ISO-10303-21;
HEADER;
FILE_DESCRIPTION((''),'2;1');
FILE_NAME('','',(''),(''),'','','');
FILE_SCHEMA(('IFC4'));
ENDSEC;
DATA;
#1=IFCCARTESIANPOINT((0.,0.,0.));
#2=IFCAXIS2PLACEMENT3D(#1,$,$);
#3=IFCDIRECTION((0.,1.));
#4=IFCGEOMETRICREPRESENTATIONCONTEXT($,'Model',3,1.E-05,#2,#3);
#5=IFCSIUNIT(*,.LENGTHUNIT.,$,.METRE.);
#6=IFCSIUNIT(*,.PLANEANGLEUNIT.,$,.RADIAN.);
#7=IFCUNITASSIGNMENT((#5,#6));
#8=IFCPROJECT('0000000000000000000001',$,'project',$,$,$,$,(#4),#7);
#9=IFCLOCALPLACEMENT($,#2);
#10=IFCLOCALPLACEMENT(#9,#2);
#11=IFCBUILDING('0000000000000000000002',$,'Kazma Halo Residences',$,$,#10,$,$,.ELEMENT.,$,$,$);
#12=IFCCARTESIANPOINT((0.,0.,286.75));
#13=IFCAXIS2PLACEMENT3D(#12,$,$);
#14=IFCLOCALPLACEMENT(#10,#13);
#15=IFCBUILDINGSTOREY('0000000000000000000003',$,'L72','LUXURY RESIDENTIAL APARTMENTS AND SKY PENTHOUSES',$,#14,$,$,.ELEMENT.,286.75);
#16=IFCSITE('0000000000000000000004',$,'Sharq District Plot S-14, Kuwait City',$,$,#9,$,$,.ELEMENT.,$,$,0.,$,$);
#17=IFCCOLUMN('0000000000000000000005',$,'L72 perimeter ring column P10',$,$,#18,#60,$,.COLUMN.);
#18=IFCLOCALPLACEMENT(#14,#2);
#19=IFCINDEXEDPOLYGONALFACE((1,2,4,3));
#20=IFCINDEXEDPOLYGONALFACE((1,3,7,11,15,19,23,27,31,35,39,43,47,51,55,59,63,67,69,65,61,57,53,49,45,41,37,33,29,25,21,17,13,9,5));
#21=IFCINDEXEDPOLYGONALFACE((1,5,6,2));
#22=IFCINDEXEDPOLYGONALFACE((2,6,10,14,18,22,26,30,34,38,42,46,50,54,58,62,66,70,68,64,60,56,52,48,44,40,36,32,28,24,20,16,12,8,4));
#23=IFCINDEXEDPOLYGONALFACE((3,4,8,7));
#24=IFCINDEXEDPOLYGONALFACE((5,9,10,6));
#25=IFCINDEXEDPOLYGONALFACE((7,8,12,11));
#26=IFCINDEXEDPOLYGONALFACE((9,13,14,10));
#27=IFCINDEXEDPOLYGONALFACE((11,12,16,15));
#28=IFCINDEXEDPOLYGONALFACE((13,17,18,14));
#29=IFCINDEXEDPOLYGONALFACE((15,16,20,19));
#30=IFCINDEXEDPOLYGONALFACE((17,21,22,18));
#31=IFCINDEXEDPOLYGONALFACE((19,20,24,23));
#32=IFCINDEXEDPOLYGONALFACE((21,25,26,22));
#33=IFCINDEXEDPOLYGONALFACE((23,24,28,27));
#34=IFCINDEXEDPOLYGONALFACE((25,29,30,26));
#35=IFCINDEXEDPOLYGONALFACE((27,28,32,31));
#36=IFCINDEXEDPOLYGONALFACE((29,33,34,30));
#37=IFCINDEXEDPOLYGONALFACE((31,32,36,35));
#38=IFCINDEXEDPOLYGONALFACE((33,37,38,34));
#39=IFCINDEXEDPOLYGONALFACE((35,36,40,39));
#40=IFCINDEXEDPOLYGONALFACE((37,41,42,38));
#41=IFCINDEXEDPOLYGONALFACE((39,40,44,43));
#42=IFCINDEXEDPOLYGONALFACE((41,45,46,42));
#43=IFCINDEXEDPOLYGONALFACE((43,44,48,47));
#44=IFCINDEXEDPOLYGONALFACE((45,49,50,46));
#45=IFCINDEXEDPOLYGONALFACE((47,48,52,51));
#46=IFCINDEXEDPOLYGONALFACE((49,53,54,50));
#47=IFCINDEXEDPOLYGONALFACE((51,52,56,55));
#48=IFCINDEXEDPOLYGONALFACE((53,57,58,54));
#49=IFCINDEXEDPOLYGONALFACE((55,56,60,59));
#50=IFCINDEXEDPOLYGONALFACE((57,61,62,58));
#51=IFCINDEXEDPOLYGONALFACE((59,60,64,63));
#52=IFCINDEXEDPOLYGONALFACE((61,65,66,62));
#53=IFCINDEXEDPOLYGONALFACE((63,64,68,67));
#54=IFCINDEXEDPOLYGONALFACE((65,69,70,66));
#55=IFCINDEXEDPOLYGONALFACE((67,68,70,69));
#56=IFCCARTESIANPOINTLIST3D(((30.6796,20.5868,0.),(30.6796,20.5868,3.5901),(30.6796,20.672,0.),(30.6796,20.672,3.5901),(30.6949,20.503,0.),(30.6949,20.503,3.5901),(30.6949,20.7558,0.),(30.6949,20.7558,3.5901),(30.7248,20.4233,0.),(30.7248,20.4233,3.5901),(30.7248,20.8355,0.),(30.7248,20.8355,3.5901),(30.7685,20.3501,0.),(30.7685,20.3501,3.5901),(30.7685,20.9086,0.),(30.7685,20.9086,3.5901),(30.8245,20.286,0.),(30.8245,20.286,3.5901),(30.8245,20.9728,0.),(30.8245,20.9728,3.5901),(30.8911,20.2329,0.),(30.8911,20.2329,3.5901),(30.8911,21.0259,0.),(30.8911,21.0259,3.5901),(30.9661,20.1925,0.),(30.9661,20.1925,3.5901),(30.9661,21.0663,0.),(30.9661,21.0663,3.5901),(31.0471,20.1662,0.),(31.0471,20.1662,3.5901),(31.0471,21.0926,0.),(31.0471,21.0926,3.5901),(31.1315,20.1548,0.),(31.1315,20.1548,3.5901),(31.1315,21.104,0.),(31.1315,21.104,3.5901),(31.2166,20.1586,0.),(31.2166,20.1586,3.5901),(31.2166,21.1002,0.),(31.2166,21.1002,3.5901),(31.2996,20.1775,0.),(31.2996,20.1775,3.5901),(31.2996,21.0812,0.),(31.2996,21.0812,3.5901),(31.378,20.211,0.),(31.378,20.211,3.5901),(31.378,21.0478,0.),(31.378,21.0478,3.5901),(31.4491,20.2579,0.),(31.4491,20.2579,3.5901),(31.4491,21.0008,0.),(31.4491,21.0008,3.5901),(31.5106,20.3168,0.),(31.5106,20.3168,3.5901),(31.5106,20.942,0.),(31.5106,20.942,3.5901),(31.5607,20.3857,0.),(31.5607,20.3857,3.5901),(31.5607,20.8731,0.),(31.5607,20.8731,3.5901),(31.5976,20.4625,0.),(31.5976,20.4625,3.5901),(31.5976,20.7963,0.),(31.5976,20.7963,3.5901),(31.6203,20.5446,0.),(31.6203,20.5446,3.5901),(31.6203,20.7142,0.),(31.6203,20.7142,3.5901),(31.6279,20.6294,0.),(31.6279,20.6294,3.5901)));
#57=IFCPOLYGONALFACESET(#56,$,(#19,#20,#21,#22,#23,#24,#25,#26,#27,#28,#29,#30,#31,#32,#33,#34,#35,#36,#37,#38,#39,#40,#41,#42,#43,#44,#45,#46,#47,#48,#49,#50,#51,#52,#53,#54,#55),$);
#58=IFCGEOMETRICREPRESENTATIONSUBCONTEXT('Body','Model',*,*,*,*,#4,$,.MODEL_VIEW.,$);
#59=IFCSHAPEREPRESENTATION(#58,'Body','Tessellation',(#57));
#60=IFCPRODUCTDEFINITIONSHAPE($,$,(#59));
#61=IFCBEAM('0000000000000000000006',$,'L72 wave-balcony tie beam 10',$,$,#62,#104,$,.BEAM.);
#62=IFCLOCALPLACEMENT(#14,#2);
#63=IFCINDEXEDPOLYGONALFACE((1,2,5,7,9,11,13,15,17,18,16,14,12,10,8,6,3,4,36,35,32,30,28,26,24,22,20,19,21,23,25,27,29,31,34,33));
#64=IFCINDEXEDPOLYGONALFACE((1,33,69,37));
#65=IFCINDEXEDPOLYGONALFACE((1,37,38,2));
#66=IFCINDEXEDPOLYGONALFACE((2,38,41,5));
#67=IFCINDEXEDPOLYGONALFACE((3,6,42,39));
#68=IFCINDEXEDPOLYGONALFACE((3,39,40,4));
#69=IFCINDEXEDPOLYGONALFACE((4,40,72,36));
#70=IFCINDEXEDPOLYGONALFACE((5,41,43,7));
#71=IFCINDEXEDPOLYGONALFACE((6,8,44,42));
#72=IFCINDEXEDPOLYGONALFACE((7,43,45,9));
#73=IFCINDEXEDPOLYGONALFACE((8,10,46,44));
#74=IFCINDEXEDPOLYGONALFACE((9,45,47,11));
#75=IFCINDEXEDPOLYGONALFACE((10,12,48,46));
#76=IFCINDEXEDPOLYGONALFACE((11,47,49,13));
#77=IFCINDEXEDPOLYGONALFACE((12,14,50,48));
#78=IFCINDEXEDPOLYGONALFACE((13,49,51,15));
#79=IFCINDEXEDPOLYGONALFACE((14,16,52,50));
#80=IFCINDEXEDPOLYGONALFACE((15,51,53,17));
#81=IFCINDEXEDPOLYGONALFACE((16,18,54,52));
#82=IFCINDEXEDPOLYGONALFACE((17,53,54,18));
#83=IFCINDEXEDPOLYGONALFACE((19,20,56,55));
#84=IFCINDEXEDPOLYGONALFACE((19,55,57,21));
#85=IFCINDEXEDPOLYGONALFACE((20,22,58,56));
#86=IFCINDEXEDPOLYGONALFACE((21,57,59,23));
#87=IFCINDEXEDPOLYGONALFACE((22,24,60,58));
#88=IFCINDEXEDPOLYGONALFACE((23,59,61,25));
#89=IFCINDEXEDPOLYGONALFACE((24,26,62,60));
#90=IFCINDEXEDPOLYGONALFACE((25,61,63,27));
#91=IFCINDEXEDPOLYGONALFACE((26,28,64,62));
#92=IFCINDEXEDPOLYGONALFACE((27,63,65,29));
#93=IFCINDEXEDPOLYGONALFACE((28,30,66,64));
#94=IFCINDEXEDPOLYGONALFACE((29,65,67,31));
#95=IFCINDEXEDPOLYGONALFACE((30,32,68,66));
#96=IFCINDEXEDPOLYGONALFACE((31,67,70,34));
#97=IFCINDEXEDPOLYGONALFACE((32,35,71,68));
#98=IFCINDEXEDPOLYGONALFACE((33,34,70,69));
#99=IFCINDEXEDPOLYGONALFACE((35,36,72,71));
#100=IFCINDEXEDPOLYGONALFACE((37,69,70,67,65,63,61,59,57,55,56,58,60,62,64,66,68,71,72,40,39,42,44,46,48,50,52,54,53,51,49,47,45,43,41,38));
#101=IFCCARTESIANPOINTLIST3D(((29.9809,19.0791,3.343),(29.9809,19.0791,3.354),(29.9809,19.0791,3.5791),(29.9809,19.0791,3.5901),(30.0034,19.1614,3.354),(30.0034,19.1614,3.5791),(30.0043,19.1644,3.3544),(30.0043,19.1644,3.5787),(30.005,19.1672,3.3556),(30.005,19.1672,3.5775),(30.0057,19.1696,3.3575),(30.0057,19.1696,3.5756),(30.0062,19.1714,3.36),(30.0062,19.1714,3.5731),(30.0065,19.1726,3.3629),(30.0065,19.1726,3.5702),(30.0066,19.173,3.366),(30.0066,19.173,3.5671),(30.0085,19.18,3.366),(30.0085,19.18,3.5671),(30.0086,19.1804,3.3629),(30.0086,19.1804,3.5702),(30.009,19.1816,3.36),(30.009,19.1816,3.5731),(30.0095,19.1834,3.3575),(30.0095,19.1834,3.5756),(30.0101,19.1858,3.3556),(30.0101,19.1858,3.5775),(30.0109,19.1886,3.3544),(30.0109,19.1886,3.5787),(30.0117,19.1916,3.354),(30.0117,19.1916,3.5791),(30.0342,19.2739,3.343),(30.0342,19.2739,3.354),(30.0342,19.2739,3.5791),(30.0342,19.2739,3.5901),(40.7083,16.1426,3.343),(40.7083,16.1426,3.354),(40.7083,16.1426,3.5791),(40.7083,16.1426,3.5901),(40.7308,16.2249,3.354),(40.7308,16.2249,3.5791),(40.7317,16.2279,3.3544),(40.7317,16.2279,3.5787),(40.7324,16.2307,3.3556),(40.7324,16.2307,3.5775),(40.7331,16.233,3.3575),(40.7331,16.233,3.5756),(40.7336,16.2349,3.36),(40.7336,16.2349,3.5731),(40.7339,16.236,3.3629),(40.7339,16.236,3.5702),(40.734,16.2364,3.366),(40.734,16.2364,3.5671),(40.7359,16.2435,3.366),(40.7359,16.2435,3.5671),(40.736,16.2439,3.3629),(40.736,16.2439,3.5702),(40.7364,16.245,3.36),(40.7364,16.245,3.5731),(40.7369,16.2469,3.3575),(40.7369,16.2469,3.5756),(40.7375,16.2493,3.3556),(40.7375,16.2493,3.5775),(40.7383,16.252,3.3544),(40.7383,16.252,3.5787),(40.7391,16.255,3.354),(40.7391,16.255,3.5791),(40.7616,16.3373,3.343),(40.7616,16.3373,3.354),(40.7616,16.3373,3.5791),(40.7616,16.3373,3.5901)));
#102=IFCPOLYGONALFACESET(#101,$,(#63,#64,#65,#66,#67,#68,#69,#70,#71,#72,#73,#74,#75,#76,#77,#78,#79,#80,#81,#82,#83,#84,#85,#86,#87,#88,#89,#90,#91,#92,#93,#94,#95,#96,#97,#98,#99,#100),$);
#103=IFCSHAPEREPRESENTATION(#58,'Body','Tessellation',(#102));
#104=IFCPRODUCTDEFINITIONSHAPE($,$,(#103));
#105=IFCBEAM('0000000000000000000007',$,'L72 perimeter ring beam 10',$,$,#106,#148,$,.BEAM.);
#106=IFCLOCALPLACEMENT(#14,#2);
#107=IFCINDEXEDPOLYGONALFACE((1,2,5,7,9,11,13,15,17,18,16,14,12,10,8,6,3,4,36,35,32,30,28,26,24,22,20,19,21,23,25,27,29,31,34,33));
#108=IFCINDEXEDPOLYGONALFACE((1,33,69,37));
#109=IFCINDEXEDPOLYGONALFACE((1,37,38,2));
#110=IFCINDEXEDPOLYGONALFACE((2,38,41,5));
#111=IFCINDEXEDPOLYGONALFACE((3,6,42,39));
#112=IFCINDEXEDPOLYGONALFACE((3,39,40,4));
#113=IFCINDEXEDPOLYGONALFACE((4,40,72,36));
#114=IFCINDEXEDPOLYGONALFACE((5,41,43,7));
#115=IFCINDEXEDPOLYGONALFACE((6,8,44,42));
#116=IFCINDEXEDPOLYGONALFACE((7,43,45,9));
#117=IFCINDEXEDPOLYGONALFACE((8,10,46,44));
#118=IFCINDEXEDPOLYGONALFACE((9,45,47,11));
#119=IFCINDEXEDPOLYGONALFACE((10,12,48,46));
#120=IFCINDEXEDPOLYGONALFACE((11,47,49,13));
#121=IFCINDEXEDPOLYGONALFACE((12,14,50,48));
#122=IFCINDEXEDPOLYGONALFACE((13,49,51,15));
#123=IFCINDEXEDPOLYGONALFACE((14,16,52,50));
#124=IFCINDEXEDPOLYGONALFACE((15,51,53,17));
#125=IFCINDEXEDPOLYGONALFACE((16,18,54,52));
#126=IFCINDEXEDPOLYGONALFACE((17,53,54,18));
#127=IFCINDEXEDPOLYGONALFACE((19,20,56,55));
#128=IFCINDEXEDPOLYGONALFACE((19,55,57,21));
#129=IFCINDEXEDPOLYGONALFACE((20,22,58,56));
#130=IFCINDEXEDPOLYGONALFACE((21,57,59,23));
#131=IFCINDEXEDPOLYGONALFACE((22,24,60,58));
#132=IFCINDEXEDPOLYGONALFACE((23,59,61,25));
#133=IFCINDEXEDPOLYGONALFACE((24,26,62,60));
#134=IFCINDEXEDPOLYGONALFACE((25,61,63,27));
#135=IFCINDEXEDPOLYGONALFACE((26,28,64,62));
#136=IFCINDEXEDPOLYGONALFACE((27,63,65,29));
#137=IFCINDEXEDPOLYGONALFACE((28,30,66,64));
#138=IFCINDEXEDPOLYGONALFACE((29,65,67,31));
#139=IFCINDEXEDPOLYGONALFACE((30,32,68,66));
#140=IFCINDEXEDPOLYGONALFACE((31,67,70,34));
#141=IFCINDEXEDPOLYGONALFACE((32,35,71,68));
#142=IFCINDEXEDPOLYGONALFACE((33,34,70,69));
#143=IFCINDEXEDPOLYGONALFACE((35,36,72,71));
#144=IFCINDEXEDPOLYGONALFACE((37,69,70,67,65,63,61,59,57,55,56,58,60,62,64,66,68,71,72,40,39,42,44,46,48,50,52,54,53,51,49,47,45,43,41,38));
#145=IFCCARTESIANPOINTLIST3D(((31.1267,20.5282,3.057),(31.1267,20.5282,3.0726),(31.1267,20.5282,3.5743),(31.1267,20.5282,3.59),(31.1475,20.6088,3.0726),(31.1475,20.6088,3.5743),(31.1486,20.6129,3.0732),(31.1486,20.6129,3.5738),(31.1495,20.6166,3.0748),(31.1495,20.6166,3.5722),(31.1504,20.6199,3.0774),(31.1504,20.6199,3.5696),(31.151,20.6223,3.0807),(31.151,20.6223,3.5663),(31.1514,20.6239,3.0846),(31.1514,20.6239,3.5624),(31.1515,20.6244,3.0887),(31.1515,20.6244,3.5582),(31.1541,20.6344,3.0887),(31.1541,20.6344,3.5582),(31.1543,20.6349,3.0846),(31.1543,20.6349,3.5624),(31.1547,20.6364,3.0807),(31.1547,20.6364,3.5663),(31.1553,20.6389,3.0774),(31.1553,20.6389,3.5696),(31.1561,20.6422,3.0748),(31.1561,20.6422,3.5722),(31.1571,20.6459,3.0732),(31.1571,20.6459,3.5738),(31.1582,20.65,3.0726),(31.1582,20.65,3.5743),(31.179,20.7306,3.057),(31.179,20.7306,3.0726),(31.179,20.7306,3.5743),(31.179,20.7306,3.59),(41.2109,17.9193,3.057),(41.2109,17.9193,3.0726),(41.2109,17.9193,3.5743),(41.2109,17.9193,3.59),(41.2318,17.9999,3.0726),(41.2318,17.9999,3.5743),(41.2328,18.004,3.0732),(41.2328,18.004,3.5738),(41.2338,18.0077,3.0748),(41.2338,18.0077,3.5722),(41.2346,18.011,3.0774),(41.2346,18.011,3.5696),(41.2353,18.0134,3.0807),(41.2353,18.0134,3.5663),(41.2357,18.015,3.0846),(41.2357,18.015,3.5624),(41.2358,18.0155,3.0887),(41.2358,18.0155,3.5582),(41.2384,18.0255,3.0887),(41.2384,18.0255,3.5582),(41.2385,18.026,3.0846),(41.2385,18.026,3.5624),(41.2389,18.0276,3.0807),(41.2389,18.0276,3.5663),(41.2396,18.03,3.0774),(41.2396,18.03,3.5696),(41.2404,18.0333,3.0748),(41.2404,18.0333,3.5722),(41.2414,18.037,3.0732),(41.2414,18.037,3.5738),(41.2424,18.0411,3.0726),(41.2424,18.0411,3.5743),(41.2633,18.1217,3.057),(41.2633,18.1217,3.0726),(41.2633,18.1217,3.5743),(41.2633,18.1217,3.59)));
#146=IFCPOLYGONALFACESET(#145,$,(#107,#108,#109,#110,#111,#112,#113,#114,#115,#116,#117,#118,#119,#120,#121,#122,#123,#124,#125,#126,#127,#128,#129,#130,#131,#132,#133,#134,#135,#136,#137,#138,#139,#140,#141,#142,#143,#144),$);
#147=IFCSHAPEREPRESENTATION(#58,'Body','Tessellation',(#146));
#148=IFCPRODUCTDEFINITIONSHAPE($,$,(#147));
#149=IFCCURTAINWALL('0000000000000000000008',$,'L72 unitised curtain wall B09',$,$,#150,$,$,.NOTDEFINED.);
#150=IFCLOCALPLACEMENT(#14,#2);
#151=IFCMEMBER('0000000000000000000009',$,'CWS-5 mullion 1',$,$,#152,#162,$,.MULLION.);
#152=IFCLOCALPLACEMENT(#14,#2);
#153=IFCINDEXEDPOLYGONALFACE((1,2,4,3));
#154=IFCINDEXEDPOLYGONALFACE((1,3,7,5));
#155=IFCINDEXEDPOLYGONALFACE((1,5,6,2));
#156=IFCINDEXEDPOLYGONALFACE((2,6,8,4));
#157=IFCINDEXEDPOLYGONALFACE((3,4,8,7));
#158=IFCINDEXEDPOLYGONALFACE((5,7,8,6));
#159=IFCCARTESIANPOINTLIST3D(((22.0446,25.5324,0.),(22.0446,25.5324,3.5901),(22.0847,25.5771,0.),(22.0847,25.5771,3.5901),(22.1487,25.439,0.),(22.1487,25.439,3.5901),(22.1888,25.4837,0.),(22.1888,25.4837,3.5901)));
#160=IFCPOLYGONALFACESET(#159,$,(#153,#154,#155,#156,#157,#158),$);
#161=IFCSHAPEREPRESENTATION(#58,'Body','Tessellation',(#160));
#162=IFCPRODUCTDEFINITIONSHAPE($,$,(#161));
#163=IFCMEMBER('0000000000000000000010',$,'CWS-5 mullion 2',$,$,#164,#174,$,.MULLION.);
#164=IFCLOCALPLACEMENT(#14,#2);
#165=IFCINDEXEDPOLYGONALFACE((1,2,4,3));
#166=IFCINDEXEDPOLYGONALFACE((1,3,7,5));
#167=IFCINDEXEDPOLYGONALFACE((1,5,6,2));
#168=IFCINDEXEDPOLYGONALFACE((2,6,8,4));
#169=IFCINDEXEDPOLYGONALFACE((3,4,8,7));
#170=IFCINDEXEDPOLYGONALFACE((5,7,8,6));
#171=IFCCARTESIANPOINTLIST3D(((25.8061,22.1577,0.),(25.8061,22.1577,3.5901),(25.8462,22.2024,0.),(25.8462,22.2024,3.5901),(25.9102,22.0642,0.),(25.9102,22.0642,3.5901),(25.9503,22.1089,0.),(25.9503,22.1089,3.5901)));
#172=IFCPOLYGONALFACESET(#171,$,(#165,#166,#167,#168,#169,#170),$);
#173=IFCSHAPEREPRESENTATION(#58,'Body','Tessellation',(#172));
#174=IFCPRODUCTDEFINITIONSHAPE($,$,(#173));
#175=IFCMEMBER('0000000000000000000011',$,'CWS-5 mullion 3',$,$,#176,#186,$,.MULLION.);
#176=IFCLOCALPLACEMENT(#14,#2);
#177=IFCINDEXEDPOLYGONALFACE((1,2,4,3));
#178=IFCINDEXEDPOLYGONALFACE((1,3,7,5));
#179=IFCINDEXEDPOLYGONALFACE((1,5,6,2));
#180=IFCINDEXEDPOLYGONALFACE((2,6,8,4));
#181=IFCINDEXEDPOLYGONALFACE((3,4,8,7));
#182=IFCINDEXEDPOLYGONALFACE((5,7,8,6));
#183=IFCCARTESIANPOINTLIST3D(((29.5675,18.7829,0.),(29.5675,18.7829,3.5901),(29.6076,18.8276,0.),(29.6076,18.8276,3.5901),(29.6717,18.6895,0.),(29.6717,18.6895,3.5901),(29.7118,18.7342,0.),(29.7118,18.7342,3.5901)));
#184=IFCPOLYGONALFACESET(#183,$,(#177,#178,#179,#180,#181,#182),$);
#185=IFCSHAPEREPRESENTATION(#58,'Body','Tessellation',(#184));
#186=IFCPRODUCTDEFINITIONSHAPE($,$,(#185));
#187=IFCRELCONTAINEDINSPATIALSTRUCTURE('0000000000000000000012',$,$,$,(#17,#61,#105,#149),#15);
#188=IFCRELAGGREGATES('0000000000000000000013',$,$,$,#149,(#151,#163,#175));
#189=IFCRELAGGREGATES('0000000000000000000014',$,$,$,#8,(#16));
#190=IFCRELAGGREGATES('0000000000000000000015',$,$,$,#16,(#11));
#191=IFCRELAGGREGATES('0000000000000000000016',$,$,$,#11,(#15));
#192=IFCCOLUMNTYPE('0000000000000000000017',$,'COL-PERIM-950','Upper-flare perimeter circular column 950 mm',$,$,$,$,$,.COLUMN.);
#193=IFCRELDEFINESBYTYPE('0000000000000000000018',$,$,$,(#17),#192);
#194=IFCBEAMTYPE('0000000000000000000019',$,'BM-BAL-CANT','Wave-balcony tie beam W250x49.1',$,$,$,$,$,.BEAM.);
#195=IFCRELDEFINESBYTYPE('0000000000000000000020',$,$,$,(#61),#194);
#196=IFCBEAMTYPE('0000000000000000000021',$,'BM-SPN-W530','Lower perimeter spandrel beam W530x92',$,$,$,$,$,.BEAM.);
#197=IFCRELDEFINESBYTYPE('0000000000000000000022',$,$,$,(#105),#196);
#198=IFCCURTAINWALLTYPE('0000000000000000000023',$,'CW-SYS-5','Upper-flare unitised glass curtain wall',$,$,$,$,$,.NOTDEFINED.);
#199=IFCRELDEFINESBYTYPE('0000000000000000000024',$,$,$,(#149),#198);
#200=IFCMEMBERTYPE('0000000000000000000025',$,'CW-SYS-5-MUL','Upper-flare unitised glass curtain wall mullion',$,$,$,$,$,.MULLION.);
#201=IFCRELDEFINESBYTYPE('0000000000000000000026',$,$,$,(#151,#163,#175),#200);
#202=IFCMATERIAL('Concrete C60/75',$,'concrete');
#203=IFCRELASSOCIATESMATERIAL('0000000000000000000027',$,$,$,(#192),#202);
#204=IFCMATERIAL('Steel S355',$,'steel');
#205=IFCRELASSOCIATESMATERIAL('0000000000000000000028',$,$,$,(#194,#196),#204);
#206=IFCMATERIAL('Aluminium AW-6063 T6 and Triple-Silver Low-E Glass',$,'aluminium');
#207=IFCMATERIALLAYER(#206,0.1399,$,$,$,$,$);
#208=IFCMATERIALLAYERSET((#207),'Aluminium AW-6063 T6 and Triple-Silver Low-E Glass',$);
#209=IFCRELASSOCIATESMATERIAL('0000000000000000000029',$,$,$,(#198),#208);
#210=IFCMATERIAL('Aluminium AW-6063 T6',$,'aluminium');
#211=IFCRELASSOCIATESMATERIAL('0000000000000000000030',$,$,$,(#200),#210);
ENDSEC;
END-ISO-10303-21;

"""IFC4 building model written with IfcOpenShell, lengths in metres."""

from ifc_helpers import new_model, si_unit, direction, frame, origin, origin_2d, place, context, subcontext, project, spatial, rectangle, circle, i_section, extrude, material, layer, layer_set, material_profile, profile_set, type_object, element, aggregate, save


model = new_model("IFC4")

# Units and contexts
model_context = context("Model", 3, precision=1e-05, world=origin(), true_north=direction((0.0, 1.0)))
body_context = subcontext(model_context, "Body", "Model", "MODEL_VIEW")
ifc_project = project(units=[si_unit("LENGTHUNIT", "METRE"), si_unit("PLANEANGLEUNIT", "RADIAN")], contexts=[model_context])

# Site, building, storey
site_placement = place(None, origin())
site = spatial("IfcSite", under=ifc_project, at=site_placement, Name="Sharq District Plot S-14, Kuwait City", CompositionType="ELEMENT", RefElevation=0.0)
building_placement = place(site_placement, origin())
building = spatial("IfcBuilding", under=site, at=building_placement, Name="Kazma Halo Residences", CompositionType="ELEMENT")
storey_placement = place(building_placement, frame((0.0, 0.0, 286.75)))
storey = spatial("IfcBuildingStorey", under=building, at=storey_placement, Name="L72", Description="LUXURY RESIDENTIAL APARTMENTS AND SKY PENTHOUSES", CompositionType="ELEMENT", Elevation=286.75)

# Column
ifc_material_1 = material(Name="Concrete C60/75", Category="concrete")
ifc_material_profile_1 = material_profile(ifc_material_1, circle(Radius=0.4751, at=origin_2d()), Name="CIRC950")
ifc_profile_set_1 = profile_set([ifc_material_profile_1], Name="Concrete C60/75")
column_type = type_object("IfcColumnType", Name="COL-PERIM-950", Description="Upper-flare perimeter circular column 950 mm", PredefinedType="COLUMN", material=ifc_profile_set_1)
column_placement = place(storey_placement, frame((31.1528, 20.6294, 0.0), z_axis=(0.0, 0.0, 1.0), x_axis=(1.0, 0.0, 0.0)))
element("IfcColumn", 1, at=column_placement, inside=storey, type_object=column_type, Name="L72 perimeter ring column P10", PredefinedType="COLUMN", context=body_context, shape_type="SweptSolid", body=[
    extrude(circle(Radius=0.4751, at=origin_2d()), origin(), (0.0, 0.0, 1.0), 3.5901),
])

# Beams
ifc_material_2 = material(Name="Steel S355", Category="steel")
ifc_material_profile_2 = material_profile(ifc_material_2, i_section(OverallWidth=0.2019, OverallDepth=0.2471, WebThickness=0.0073, FlangeThickness=0.011, FilletRadius=0.012, at=origin_2d()), Name="W250x49.1")
ifc_profile_set_2 = profile_set([ifc_material_profile_2], Name="Steel S355")
beam_type_1 = type_object("IfcBeamType", Name="BM-BAL-CANT", Description="Wave-balcony tie beam W250x49.1", PredefinedType="BEAM", material=ifc_profile_set_2)
beam_1_placement = place(storey_placement, frame((30.0076, 19.1765, 3.4666), z_axis=(0.964515, -0.264029, 0.0), x_axis=(0.264029, 0.964515, 0.0)))
element("IfcBeam", 2, at=beam_1_placement, inside=storey, type_object=beam_type_1, Name="L72 wave-balcony tie beam 10", PredefinedType="BEAM", context=body_context, shape_type="SweptSolid", body=[
    extrude(i_section(OverallWidth=0.2019, OverallDepth=0.2471, WebThickness=0.0073, FlangeThickness=0.011, FilletRadius=0.012, at=origin_2d()), origin(), (0.0, 0.0, 1.0), 11.1221),
])
ifc_material_profile_3 = material_profile(ifc_material_2, i_section(OverallWidth=0.209, OverallDepth=0.533, WebThickness=0.0103, FlangeThickness=0.0156, FilletRadius=0.0161, at=origin_2d()), Name="W530x92")
ifc_profile_set_3 = profile_set([ifc_material_profile_3], Name="Steel S355")
beam_type_2 = type_object("IfcBeamType", Name="BM-SPN-W530", Description="Lower perimeter spandrel beam W530x92", PredefinedType="BEAM", material=ifc_profile_set_3)
beam_2_placement = place(storey_placement, frame((31.1528, 20.6294, 3.3235), z_axis=(0.968126, -0.250464, 0.0), x_axis=(0.250464, 0.968126, 0.0)))
element("IfcBeam", 3, at=beam_2_placement, inside=storey, type_object=beam_type_2, Name="L72 perimeter ring beam 10", PredefinedType="BEAM", context=body_context, shape_type="SweptSolid", body=[
    extrude(i_section(OverallWidth=0.209, OverallDepth=0.533, WebThickness=0.0103, FlangeThickness=0.0156, FilletRadius=0.0161, at=origin_2d()), origin(), (0.0, 0.0, 1.0), 10.4163),
])

# Curtain wall, members
ifc_material_3 = material(Name="Aluminium AW-6063 T6 and Triple-Silver Low-E Glass", Category="aluminium")
ifc_layer_1 = layer(ifc_material_3, 0.1399)
ifc_layer_set_1 = layer_set([ifc_layer_1], Name="Aluminium AW-6063 T6 and Triple-Silver Low-E Glass")
curtain_wall_type = type_object("IfcCurtainWallType", Name="CW-SYS-5", Description="Upper-flare unitised glass curtain wall", PredefinedType="NOTDEFINED", material=ifc_layer_set_1)
curtain_wall_placement = place(storey_placement, origin())
curtain_wall = element("IfcCurtainWall", 4, at=curtain_wall_placement, inside=storey, type_object=curtain_wall_type, Name="L72 unitised curtain wall B09", PredefinedType="NOTDEFINED")
ifc_material_4 = material(Name="Aluminium AW-6063 T6", Category="aluminium")
ifc_material_profile_4 = material_profile(ifc_material_4, rectangle(XDim=0.0601, YDim=0.1399, at=origin_2d()), Name="CWM-60x140")
ifc_profile_set_4 = profile_set([ifc_material_profile_4], Name="Aluminium AW-6063 T6")
member_type_1 = type_object("IfcMemberType", Name="CW-SYS-5-MUL", Description="Upper-flare unitised glass curtain wall mullion", PredefinedType="MULLION", material=ifc_profile_set_4)
member_1_placement = place(storey_placement, frame((22.1167, 25.5081, 0.0), z_axis=(0.0, 0.0, 1.0), x_axis=(0.667805, 0.744336, 0.0)))
member_1 = element("IfcMember", 5, at=member_1_placement, type_object=member_type_1, Name="CWS-5 mullion 1", PredefinedType="MULLION", context=body_context, shape_type="SweptSolid", body=[
    extrude(rectangle(XDim=0.0601, YDim=0.1399, at=origin_2d()), origin(), (0.0, 0.0, 1.0), 3.5901),
])
member_2_placement = place(storey_placement, frame((25.8782, 22.1333, 0.0), z_axis=(0.0, 0.0, 1.0), x_axis=(0.667805, 0.744336, 0.0)))
member_2 = element("IfcMember", 6, at=member_2_placement, type_object=member_type_1, Name="CWS-5 mullion 2", PredefinedType="MULLION", context=body_context, shape_type="SweptSolid", body=[
    extrude(rectangle(XDim=0.0601, YDim=0.1399, at=origin_2d()), origin(), (0.0, 0.0, 1.0), 3.5901),
])
member_3_placement = place(storey_placement, frame((29.6396, 18.7585, 0.0), z_axis=(0.0, 0.0, 1.0), x_axis=(0.667805, 0.744336, 0.0)))
member_3 = element("IfcMember", 7, at=member_3_placement, type_object=member_type_1, Name="CWS-5 mullion 3", PredefinedType="MULLION", context=body_context, shape_type="SweptSolid", body=[
    extrude(rectangle(XDim=0.0601, YDim=0.1399, at=origin_2d()), origin(), (0.0, 0.0, 1.0), 3.5901),
])
aggregate(curtain_wall, [member_1, member_2, member_3])

save(model, "model.ifc")
